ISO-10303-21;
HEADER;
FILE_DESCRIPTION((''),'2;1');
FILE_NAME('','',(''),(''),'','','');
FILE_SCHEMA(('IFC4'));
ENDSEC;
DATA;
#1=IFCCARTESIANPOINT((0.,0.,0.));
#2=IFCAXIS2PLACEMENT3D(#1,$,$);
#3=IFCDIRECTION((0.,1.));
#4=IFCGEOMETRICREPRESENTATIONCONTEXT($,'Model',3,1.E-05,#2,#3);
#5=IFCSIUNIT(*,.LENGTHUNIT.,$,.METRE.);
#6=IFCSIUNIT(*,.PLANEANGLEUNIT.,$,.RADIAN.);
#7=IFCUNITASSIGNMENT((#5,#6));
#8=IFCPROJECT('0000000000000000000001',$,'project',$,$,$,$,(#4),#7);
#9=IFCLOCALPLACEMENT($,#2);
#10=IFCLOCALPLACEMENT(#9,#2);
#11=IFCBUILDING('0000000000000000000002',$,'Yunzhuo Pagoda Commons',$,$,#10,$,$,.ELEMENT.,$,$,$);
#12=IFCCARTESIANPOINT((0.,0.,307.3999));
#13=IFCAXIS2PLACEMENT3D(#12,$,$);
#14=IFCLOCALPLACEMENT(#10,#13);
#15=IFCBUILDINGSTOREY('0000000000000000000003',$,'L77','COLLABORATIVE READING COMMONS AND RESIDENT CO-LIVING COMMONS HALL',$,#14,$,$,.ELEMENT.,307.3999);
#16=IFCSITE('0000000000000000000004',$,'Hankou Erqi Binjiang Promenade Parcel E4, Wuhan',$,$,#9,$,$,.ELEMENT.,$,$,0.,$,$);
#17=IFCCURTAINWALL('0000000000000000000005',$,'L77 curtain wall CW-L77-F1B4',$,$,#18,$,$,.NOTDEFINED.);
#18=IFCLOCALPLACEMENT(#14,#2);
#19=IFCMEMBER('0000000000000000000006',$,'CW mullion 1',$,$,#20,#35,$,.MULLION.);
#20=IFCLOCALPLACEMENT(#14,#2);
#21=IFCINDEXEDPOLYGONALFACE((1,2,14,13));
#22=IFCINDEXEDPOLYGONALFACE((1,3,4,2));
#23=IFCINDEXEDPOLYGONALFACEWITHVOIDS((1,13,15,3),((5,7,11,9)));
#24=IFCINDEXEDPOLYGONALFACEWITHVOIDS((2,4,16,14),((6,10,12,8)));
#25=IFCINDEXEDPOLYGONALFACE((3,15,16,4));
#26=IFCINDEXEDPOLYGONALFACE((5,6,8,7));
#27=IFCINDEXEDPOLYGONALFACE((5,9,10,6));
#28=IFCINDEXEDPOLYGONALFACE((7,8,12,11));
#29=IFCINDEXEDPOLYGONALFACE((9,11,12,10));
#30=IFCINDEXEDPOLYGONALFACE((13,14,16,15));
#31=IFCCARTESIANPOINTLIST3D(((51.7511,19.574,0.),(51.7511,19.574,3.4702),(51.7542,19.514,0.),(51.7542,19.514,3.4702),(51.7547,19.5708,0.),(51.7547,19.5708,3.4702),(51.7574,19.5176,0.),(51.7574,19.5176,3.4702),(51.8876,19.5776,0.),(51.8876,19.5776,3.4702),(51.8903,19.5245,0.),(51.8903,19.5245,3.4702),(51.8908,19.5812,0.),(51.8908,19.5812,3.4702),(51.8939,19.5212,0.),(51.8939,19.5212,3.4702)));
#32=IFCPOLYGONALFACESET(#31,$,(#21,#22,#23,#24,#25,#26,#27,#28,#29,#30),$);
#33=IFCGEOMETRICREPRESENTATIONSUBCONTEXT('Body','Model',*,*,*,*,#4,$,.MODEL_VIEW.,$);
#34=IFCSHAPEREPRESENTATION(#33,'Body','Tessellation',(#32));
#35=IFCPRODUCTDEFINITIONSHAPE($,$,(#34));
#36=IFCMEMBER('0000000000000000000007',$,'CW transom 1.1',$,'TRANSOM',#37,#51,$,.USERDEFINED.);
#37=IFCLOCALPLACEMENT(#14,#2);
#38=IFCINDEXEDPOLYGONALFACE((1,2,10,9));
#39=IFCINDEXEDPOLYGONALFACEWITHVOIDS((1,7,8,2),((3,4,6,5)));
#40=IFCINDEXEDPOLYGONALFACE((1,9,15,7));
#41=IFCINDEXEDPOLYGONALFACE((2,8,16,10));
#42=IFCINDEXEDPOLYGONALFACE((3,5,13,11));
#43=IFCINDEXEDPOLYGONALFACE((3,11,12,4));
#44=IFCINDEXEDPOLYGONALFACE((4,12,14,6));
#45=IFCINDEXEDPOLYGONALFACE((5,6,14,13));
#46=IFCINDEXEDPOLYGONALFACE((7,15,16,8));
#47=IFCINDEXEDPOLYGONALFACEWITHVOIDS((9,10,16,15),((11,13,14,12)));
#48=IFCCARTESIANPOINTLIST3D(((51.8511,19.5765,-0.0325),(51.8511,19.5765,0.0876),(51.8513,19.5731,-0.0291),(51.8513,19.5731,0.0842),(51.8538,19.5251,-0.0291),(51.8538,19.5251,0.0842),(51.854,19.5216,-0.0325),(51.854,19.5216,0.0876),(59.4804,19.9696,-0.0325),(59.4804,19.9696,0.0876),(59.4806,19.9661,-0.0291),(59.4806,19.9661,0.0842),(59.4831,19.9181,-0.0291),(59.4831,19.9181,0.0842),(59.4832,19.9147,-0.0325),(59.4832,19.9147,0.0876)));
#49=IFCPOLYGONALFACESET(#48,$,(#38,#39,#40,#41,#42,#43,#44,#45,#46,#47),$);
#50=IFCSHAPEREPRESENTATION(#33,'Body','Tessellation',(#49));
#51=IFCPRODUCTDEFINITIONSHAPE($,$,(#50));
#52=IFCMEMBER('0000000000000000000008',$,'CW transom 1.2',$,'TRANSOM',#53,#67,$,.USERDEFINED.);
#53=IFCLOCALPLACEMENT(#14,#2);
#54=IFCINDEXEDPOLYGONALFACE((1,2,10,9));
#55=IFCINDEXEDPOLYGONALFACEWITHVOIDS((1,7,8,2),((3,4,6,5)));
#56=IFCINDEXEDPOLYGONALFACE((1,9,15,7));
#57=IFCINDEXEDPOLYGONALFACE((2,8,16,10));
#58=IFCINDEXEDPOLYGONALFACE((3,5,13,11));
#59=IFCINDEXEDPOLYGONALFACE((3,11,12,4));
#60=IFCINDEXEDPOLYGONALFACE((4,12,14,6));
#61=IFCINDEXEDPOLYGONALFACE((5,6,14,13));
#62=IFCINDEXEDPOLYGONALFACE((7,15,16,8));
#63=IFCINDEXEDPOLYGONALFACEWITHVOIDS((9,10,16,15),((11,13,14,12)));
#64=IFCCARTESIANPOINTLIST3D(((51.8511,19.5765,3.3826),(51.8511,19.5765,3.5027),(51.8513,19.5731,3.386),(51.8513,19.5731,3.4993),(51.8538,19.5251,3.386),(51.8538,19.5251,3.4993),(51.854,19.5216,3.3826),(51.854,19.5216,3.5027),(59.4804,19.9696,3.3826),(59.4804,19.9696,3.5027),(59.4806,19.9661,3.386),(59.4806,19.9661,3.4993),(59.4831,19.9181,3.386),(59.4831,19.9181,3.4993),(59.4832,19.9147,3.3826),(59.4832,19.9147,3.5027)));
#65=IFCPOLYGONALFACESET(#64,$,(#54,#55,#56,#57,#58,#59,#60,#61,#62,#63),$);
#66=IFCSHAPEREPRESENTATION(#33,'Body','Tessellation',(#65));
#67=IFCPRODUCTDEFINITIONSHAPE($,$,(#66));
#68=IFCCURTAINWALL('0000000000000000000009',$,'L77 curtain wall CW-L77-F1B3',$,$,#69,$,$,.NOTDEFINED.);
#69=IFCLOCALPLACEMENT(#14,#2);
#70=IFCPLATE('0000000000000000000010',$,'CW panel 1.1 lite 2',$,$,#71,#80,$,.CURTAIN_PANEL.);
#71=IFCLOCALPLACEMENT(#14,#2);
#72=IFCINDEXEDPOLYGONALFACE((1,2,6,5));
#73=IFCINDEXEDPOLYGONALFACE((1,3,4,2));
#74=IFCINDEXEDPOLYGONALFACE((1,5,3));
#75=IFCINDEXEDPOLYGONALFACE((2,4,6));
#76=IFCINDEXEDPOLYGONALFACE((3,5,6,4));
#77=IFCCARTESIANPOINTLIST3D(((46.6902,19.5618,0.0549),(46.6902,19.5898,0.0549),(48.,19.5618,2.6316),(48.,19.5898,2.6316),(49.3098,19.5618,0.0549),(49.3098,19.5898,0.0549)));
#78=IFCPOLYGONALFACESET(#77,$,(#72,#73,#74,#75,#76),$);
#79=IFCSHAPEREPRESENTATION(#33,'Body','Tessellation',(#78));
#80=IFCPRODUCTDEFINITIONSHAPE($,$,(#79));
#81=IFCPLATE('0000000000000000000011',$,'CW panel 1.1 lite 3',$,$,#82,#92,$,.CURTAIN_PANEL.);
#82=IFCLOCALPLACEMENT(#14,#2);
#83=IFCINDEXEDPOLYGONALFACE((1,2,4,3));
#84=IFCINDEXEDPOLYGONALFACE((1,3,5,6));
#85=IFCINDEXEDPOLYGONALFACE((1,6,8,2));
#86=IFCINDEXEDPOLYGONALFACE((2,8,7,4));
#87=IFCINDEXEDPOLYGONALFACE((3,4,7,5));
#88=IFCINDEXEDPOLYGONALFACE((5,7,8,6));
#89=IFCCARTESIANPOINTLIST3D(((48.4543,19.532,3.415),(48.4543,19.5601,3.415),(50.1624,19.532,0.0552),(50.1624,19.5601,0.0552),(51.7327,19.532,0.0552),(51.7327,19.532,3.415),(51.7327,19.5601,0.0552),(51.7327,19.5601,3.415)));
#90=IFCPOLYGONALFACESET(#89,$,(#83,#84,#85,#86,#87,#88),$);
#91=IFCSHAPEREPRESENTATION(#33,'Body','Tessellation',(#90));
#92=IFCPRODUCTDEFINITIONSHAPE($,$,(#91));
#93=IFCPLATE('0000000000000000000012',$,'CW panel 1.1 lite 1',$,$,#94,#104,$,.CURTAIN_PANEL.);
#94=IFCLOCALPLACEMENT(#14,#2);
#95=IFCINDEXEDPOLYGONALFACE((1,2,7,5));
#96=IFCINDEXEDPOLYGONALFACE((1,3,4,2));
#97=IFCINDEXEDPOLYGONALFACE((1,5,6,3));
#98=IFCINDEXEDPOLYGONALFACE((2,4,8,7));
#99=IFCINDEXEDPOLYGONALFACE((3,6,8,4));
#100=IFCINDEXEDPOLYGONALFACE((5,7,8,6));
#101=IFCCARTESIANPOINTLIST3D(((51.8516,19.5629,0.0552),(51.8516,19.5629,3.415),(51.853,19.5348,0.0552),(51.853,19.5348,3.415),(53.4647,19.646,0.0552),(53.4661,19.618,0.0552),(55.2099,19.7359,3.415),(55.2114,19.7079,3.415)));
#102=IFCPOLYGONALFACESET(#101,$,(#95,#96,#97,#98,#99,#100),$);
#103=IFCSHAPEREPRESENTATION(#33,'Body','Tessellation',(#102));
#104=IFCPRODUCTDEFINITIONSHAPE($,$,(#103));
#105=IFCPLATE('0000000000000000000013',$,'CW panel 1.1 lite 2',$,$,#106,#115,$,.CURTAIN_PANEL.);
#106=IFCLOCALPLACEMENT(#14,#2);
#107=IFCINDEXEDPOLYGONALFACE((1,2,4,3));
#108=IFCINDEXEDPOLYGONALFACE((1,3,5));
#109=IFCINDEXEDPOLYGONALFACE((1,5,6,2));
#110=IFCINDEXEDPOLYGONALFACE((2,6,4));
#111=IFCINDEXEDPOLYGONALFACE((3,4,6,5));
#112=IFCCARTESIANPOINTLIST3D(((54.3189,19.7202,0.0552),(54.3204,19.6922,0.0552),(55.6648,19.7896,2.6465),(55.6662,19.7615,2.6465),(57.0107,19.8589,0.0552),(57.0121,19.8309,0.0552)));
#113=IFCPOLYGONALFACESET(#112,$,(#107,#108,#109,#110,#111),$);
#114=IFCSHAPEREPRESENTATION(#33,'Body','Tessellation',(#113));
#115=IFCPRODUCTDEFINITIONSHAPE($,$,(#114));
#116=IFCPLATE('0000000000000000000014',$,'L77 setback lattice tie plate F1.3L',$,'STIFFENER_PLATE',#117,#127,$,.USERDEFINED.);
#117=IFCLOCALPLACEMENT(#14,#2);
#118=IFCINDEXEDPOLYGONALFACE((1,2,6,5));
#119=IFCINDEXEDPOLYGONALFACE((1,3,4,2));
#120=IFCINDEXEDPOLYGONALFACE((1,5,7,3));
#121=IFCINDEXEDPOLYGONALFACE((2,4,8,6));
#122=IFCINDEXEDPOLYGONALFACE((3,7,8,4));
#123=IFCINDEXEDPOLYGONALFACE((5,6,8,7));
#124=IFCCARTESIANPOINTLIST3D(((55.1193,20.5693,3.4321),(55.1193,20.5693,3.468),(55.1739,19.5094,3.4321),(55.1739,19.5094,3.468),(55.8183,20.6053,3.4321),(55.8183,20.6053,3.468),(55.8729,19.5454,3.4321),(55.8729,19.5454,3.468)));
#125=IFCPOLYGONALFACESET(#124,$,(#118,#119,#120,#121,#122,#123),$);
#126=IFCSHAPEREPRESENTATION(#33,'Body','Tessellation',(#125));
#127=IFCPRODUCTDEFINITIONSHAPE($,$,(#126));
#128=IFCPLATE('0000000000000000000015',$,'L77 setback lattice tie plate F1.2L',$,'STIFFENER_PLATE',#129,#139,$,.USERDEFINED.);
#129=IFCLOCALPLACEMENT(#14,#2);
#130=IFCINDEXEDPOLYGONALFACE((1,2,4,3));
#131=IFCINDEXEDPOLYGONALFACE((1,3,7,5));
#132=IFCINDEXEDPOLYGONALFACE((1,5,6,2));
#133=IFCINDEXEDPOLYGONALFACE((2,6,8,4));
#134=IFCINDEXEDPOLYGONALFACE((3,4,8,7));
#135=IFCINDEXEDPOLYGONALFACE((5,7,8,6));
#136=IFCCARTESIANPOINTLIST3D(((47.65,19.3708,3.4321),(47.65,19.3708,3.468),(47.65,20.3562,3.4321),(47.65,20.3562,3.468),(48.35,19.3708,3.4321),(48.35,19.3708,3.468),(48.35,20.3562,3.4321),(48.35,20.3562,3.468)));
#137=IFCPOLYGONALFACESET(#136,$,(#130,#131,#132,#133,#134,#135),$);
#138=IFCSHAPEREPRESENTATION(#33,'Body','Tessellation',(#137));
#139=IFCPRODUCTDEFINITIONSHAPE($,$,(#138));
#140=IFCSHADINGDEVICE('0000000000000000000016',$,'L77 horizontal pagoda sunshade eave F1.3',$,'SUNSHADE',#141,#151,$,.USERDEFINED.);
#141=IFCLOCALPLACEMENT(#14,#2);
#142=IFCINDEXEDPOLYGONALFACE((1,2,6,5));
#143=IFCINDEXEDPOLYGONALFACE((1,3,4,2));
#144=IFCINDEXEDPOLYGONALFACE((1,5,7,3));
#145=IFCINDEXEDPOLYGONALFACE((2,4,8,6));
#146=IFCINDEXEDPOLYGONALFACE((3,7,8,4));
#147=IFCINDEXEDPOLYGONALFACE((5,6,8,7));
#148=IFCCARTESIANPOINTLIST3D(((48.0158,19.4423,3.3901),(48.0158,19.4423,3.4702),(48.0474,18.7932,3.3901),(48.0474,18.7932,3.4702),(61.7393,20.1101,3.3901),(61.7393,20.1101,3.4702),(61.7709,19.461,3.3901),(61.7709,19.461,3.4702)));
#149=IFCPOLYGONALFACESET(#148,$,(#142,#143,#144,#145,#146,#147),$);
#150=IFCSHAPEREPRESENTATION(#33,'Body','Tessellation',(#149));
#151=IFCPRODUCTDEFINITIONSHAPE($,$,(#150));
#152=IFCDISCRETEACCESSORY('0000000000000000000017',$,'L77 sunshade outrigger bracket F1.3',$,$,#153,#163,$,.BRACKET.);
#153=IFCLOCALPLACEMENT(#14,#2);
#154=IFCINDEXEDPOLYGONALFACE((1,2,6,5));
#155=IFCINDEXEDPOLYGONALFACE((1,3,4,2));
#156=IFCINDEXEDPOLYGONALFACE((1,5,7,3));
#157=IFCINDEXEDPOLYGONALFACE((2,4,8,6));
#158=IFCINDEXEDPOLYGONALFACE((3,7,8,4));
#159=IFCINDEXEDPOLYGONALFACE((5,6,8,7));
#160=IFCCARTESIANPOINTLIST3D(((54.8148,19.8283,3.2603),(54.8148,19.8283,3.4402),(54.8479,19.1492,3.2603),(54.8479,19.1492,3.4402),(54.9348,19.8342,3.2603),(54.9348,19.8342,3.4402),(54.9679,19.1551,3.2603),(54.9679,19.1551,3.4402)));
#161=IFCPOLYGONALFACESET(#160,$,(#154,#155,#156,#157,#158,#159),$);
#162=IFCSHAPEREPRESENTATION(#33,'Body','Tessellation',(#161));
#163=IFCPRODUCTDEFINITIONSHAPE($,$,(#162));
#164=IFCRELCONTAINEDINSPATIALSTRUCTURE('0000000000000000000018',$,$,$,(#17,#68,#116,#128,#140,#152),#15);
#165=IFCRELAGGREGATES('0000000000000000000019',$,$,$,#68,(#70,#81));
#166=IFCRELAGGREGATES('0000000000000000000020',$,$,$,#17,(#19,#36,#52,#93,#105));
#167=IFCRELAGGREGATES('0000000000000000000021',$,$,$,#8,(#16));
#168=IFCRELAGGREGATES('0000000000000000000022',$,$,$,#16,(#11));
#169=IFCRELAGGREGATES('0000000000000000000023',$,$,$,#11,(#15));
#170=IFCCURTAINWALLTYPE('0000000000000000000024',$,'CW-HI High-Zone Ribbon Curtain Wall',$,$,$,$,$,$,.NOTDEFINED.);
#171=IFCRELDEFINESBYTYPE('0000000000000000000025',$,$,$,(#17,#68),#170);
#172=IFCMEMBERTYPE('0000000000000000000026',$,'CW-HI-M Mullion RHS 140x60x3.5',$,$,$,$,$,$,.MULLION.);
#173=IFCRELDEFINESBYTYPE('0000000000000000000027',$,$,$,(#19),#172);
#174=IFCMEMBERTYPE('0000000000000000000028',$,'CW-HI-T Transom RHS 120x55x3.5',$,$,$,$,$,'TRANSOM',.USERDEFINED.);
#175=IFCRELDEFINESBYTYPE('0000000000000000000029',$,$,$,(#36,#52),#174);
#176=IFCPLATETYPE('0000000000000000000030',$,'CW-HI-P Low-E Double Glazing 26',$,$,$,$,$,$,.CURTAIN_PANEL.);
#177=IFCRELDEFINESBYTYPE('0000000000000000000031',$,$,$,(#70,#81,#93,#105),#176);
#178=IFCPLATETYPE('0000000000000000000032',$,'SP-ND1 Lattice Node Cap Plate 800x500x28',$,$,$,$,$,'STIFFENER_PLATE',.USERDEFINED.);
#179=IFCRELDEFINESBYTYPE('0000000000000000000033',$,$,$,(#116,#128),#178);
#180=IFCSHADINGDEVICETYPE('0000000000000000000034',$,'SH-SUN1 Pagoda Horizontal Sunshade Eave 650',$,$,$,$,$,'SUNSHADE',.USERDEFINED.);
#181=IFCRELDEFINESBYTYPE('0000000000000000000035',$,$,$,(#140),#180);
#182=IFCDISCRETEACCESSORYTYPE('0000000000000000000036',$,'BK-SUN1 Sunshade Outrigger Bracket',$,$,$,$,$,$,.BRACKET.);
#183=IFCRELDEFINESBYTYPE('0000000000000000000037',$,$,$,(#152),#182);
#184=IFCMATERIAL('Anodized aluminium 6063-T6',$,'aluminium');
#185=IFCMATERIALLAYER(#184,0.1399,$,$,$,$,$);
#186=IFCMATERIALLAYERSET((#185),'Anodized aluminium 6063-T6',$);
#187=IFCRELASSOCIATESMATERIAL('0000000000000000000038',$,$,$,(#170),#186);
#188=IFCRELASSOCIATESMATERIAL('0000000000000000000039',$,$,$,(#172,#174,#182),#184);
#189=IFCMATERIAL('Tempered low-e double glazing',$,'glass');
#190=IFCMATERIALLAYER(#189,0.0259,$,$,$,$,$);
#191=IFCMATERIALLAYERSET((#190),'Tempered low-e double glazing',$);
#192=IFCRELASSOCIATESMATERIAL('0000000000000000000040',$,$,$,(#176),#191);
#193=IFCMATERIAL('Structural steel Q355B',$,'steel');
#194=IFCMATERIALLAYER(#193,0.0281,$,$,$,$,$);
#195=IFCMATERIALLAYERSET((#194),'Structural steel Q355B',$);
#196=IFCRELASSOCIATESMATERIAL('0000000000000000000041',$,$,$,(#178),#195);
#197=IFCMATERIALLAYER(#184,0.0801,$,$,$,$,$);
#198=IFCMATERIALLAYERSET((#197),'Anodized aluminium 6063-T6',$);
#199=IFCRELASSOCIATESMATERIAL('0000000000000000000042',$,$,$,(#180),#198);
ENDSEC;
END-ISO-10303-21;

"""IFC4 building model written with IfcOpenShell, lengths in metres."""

from ifc_helpers import new_model, si_unit, direction, frame, origin, origin_2d, place, context, subcontext, project, spatial, polyline, rectangle, hollow_rectangle, outline, extrude, source, transform, mapped, material, layer, layer_set, material_profile, profile_set, type_object, element, aggregate, save


model = new_model("IFC4")

# Units and contexts
model_context = context("Model", 3, precision=1e-05, world=origin(), true_north=direction((0.0, 1.0)))
body_context = subcontext(model_context, "Body", "Model", "MODEL_VIEW")
ifc_project = project(units=[si_unit("LENGTHUNIT", "METRE"), si_unit("PLANEANGLEUNIT", "RADIAN")], contexts=[model_context])

# Site, building, storey
site_placement = place(None, origin())
site = spatial("IfcSite", under=ifc_project, at=site_placement, Name="Hankou Erqi Binjiang Promenade Parcel E4, Wuhan", CompositionType="ELEMENT", RefElevation=0.0)
building_placement = place(site_placement, origin())
building = spatial("IfcBuilding", under=site, at=building_placement, Name="Yunzhuo Pagoda Commons", CompositionType="ELEMENT")
storey_placement = place(building_placement, frame((0.0, 0.0, 307.3999)))
storey = spatial("IfcBuildingStorey", under=building, at=storey_placement, Name="L77", Description="COLLABORATIVE READING COMMONS AND RESIDENT CO-LIVING COMMONS HALL", CompositionType="ELEMENT", Elevation=307.3999)

# Shared definitions
ifc_material_1 = material(Name="Structural steel Q355B", Category="steel")

# Curtain wall, members
ifc_material_2 = material(Name="Anodized aluminium 6063-T6", Category="aluminium")
ifc_layer_1 = layer(ifc_material_2, 0.1399)
ifc_layer_set_1 = layer_set([ifc_layer_1], Name="Anodized aluminium 6063-T6")
curtain_wall_type = type_object("IfcCurtainWallType", Name="CW-HI High-Zone Ribbon Curtain Wall", PredefinedType="NOTDEFINED", material=ifc_layer_set_1)
curtain_wall_1_placement = place(storey_placement, origin())
curtain_wall_1 = element("IfcCurtainWall", 1, at=curtain_wall_1_placement, inside=storey, type_object=curtain_wall_type, Name="L77 curtain wall CW-L77-F1B4", PredefinedType="NOTDEFINED")
ifc_material_profile_1 = material_profile(ifc_material_2, hollow_rectangle(XDim=0.0601, YDim=0.1399, WallThickness=0.0034, at=origin_2d()), Name="Anodized aluminium 6063-T6")
ifc_profile_set_1 = profile_set([ifc_material_profile_1], Name="Anodized aluminium 6063-T6")
member_type_1 = type_object("IfcMemberType", Name="CW-HI-M Mullion RHS 140x60x3.5", PredefinedType="MULLION", material=ifc_profile_set_1)
shared_shape_1 = source(origin(), body_context, "Body", "SweptSolid", [
    extrude(hollow_rectangle(XDim=0.0601, YDim=0.1399, WallThickness=0.0034, at=origin_2d()), origin(), (0.0, 0.0, 1.0), 3.4702),
])
member_1_placement = place(storey_placement, frame((51.8225, 19.5476, 0.0), z_axis=(0.0, 0.0, 1.0), x_axis=(-0.051462, 0.998675, 0.0)))
member_1 = element("IfcMember", 2, at=member_1_placement, type_object=member_type_1, Name="CW mullion 1", PredefinedType="MULLION", context=body_context, shape_type="MappedRepresentation", body=[
    mapped(shared_shape_1, transform((0.0, 0.0, 0.0), scale=1.0)),
])
ifc_material_profile_2 = material_profile(ifc_material_2, hollow_rectangle(XDim=0.0549, YDim=0.1201, WallThickness=0.0034, at=origin_2d()), Name="Anodized aluminium 6063-T6")
ifc_profile_set_2 = profile_set([ifc_material_profile_2], Name="Anodized aluminium 6063-T6")
member_type_2 = type_object("IfcMemberType", Name="CW-HI-T Transom RHS 120x55x3.5", ElementType="TRANSOM", PredefinedType="USERDEFINED", material=ifc_profile_set_2)
shared_shape_2 = source(origin(), body_context, "Body", "SweptSolid", [
    extrude(hollow_rectangle(XDim=0.0549, YDim=0.1201, WallThickness=0.0034, at=origin_2d()), origin(), (0.0, 0.0, 1.0), 7.6394),
])
member_2_placement = place(storey_placement, frame((51.8525, 19.5491, 0.0276), z_axis=(0.998675, 0.051452, 0.0), x_axis=(-0.051452, 0.998675, 0.0)))
member_2 = element("IfcMember", 3, at=member_2_placement, type_object=member_type_2, Name="CW transom 1.1", ObjectType="TRANSOM", PredefinedType="USERDEFINED", context=body_context, shape_type="MappedRepresentation", body=[
    mapped(shared_shape_2, transform((0.0, 0.0, 0.0), scale=1.0)),
])
member_3_placement = place(storey_placement, frame((51.8525, 19.5491, 3.4426), z_axis=(0.998675, 0.051452, 0.0), x_axis=(-0.051452, 0.998675, 0.0)))
member_3 = element("IfcMember", 4, at=member_3_placement, type_object=member_type_2, Name="CW transom 1.2", ObjectType="TRANSOM", PredefinedType="USERDEFINED", context=body_context, shape_type="MappedRepresentation", body=[
    mapped(shared_shape_2, transform((0.0, 0.0, 0.0), scale=1.0)),
])

# Curtain wall, plates
curtain_wall_2_placement = place(storey_placement, origin())
curtain_wall_2 = element("IfcCurtainWall", 5, at=curtain_wall_2_placement, inside=storey, type_object=curtain_wall_type, Name="L77 curtain wall CW-L77-F1B3", PredefinedType="NOTDEFINED")
ifc_material_3 = material(Name="Tempered low-e double glazing", Category="glass")
ifc_layer_2 = layer(ifc_material_3, 0.0259)
ifc_layer_set_2 = layer_set([ifc_layer_2], Name="Tempered low-e double glazing")
plate_type_1 = type_object("IfcPlateType", Name="CW-HI-P Low-E Double Glazing 26", PredefinedType="CURTAIN_PANEL", material=ifc_layer_set_2)
plate_1_placement = place(storey_placement, frame((48.0, 19.5898, 1.3433), z_axis=(0.0, -1.0, 0.0), x_axis=(1.0, 0.0, 0.0)))
plate_1 = element("IfcPlate", 6, at=plate_1_placement, type_object=plate_type_1, Name="CW panel 1.1 lite 2", PredefinedType="CURTAIN_PANEL", context=body_context, shape_type="SweptSolid", body=[
    extrude(outline(polyline([(-1.3098, -1.2883), (1.3098, -1.2883), (0.0, 1.2883), (-1.3098, -1.2883)])), origin(), (0.0, 0.0, 1.0), 0.0281),
])
plate_2_placement = place(storey_placement, frame((50.0935, 19.5601, 1.7351), z_axis=(0.0, -1.0, 0.0), x_axis=(1.0, 0.0, 0.0)))
plate_2 = element("IfcPlate", 7, at=plate_2_placement, type_object=plate_type_1, Name="CW panel 1.1 lite 3", PredefinedType="CURTAIN_PANEL", context=body_context, shape_type="SweptSolid", body=[
    extrude(outline(polyline([(-1.6392, 1.6799), (0.0688, -1.6799), (1.6392, -1.6799), (1.6392, 1.6799), (-1.6392, 1.6799)])), origin(), (0.0, 0.0, 1.0), 0.0281),
])
aggregate(curtain_wall_2, [plate_1, plate_2])

# Plates
plate_3_placement = place(storey_placement, frame((53.5308, 19.6494, 1.7351), z_axis=(0.051462, -0.998675, 0.0), x_axis=(0.998675, 0.051462, 0.0)))
plate_3 = element("IfcPlate", 8, at=plate_3_placement, type_object=plate_type_1, Name="CW panel 1.1 lite 1", PredefinedType="CURTAIN_PANEL", context=body_context, shape_type="SweptSolid", body=[
    extrude(outline(polyline([(-1.6814, -1.6799), (-0.0662, -1.6799), (1.6814, 1.6799), (-1.6814, 1.6799), (-1.6814, -1.6799)])), origin(), (0.0, 0.0, 1.0), 0.0281),
])
plate_4_placement = place(storey_placement, frame((55.6648, 19.7896, 1.3508), z_axis=(0.051462, -0.998675, 0.0), x_axis=(0.998675, 0.051462, 0.0)))
plate_4 = element("IfcPlate", 9, at=plate_4_placement, type_object=plate_type_1, Name="CW panel 1.1 lite 2", PredefinedType="CURTAIN_PANEL", context=body_context, shape_type="SweptSolid", body=[
    extrude(outline(polyline([(-1.3477, -1.2957), (1.3477, -1.2957), (0.0, 1.2957), (-1.3477, -1.2957)])), origin(), (0.0, 0.0, 1.0), 0.0281),
])
aggregate(curtain_wall_1, [member_1, member_2, member_3, plate_3, plate_4])

# Plates
ifc_layer_3 = layer(ifc_material_1, 0.0281)
ifc_layer_set_3 = layer_set([ifc_layer_3], Name="Structural steel Q355B")
plate_type_2 = type_object("IfcPlateType", Name="SP-ND1 Lattice Node Cap Plate 800x500x28", ElementType="STIFFENER_PLATE", PredefinedType="USERDEFINED", material=ifc_layer_set_3)
shared_shape_3 = source(origin(), body_context, "Body", "SweptSolid", [
    extrude(rectangle(XDim=0.7, YDim=1.0613, at=origin_2d()), origin(), (0.0, 0.0, 1.0), 0.0359),
])
plate_5_placement = place(storey_placement, frame((55.4961, 20.0574, 3.4321), z_axis=(0.0, 0.0, 1.0), x_axis=(0.998675, 0.051464, 0.0)))
element("IfcPlate", 10, at=plate_5_placement, inside=storey, type_object=plate_type_2, Name="L77 setback lattice tie plate F1.3L", ObjectType="STIFFENER_PLATE", PredefinedType="USERDEFINED", context=body_context, shape_type="MappedRepresentation", body=[
    mapped(shared_shape_3, transform((0.0, 0.0, 0.0), scale=1.0)),
])
shared_shape_4 = source(origin(), body_context, "Body", "SweptSolid", [
    extrude(rectangle(XDim=0.7, YDim=0.9854, at=origin_2d()), origin(), (0.0, 0.0, 1.0), 0.0359),
])
plate_6_placement = place(storey_placement, frame((48.0, 19.8635, 3.4321), z_axis=(0.0, 0.0, 1.0), x_axis=(1.0, 0.0, 0.0)))
element("IfcPlate", 11, at=plate_6_placement, inside=storey, type_object=plate_type_2, Name="L77 setback lattice tie plate F1.2L", ObjectType="STIFFENER_PLATE", PredefinedType="USERDEFINED", context=body_context, shape_type="MappedRepresentation", body=[
    mapped(shared_shape_4, transform((0.0, 0.0, 0.0), scale=1.0)),
])

# Shading device
ifc_layer_4 = layer(ifc_material_2, 0.0801)
ifc_layer_set_4 = layer_set([ifc_layer_4], Name="Anodized aluminium 6063-T6")
shading_device_type = type_object("IfcShadingDeviceType", Name="SH-SUN1 Pagoda Horizontal Sunshade Eave 650", ElementType="SUNSHADE", PredefinedType="USERDEFINED", material=ifc_layer_set_4)
shared_shape_5 = source(origin(), body_context, "Body", "SweptSolid", [
    extrude(rectangle(XDim=13.7397, YDim=0.6499, at=origin_2d()), origin(), (0.0, 0.0, 1.0), 0.0801),
])
shading_device_placement = place(storey_placement, frame((54.8933, 19.4517, 3.3901), z_axis=(0.0, 0.0, 1.0), x_axis=(0.998818, 0.048606, 0.0)))
element("IfcShadingDevice", 12, at=shading_device_placement, inside=storey, type_object=shading_device_type, Name="L77 horizontal pagoda sunshade eave F1.3", ObjectType="SUNSHADE", PredefinedType="USERDEFINED", context=body_context, shape_type="MappedRepresentation", body=[
    mapped(shared_shape_5, transform((0.0, 0.0, 0.0), scale=1.0)),
])

# Discrete accessory
discrete_accessory_type = type_object("IfcDiscreteAccessoryType", Name="BK-SUN1 Sunshade Outrigger Bracket", PredefinedType="BRACKET", material=ifc_material_2)
shared_shape_6 = source(origin(), body_context, "Body", "SweptSolid", [
    extrude(rectangle(XDim=0.1201, YDim=0.6799, at=origin_2d()), origin(), (0.0, 0.0, 1.0), 0.1799),
])
discrete_accessory_placement = place(storey_placement, frame((54.8914, 19.4917, 3.2603), z_axis=(0.0, 0.0, 1.0), x_axis=(0.998818, 0.048606, 0.0)))
element("IfcDiscreteAccessory", 13, at=discrete_accessory_placement, inside=storey, type_object=discrete_accessory_type, Name="L77 sunshade outrigger bracket F1.3", PredefinedType="BRACKET", context=body_context, shape_type="MappedRepresentation", body=[
    mapped(shared_shape_6, transform((0.0, 0.0, 0.0), scale=1.0)),
])

save(model, "model.ifc")
